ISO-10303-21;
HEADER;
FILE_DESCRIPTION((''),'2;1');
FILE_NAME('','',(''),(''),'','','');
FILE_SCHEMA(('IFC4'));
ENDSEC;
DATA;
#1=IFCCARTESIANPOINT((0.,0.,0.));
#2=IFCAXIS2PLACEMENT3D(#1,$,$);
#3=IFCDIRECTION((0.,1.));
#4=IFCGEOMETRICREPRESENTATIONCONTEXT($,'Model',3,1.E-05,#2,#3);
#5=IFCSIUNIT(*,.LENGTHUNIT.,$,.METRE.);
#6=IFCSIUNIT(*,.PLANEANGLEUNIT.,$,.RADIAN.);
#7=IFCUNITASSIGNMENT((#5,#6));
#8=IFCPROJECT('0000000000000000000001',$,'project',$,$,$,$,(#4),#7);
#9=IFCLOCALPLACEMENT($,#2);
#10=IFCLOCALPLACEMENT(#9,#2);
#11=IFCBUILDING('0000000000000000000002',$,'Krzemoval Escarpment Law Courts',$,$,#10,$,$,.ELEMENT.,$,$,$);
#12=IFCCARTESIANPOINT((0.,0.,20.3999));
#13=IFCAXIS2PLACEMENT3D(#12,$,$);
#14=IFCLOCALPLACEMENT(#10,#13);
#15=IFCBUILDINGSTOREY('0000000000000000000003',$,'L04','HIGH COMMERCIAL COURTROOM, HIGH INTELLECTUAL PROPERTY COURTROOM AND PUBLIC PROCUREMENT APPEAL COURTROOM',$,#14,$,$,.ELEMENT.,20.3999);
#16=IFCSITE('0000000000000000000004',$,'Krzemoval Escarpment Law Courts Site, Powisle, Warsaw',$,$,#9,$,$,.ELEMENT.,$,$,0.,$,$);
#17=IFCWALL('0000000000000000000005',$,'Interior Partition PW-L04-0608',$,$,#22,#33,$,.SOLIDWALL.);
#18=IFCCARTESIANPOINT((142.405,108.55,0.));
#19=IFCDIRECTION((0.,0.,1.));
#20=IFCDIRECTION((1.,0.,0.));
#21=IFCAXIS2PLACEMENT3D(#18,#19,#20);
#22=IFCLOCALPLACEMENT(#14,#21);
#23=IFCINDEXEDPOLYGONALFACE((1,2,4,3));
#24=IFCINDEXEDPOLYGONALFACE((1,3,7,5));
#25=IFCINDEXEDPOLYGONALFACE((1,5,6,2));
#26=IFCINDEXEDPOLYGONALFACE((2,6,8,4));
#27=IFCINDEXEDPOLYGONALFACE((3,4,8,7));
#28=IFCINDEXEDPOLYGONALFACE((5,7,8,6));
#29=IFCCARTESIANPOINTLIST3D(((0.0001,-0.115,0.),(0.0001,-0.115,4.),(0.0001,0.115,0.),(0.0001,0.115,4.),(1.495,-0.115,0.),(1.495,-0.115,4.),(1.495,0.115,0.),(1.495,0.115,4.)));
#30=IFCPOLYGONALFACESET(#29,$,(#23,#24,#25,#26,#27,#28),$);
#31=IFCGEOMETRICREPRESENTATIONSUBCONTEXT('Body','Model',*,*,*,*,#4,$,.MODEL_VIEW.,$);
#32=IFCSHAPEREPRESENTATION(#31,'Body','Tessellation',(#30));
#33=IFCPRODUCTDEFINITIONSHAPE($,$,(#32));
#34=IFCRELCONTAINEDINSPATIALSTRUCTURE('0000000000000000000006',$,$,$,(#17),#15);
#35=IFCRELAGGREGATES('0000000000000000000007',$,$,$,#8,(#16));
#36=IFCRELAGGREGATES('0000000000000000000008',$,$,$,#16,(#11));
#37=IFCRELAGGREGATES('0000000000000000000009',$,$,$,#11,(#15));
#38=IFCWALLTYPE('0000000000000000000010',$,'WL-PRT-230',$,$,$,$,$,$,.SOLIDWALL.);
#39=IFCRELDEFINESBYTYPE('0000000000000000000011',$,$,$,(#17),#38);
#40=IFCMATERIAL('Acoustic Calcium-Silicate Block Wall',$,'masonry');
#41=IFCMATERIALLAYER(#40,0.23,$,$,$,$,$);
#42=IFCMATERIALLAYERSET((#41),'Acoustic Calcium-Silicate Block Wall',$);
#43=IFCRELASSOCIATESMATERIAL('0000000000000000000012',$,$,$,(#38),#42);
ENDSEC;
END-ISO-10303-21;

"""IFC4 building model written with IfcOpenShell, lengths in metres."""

from ifc_helpers import new_model, si_unit, direction, frame, frame_2d, origin, place, context, subcontext, project, spatial, rectangle, extrude, material, layer, layer_set, type_object, element, save


model = new_model("IFC4")

# Units and contexts
model_context = context("Model", 3, precision=1e-05, world=origin(), true_north=direction((0.0, 1.0)))
body_context = subcontext(model_context, "Body", "Model", "MODEL_VIEW")
ifc_project = project(units=[si_unit("LENGTHUNIT", "METRE"), si_unit("PLANEANGLEUNIT", "RADIAN")], contexts=[model_context])

# Site, building, storey
site_placement = place(None, origin())
site = spatial("IfcSite", under=ifc_project, at=site_placement, Name="Krzemoval Escarpment Law Courts Site, Powisle, Warsaw", CompositionType="ELEMENT", RefElevation=0.0)
building_placement = place(site_placement, origin())
building = spatial("IfcBuilding", under=site, at=building_placement, Name="Krzemoval Escarpment Law Courts", CompositionType="ELEMENT")
storey_placement = place(building_placement, frame((0.0, 0.0, 20.3999)))
storey = spatial("IfcBuildingStorey", under=building, at=storey_placement, Name="L04", Description="HIGH COMMERCIAL COURTROOM, HIGH INTELLECTUAL PROPERTY COURTROOM AND PUBLIC PROCUREMENT APPEAL COURTROOM", CompositionType="ELEMENT", Elevation=20.3999)

# Wall
ifc_material_1 = material(Name="Acoustic Calcium-Silicate Block Wall", Category="masonry")
ifc_layer_1 = layer(ifc_material_1, 0.23)
ifc_layer_set_1 = layer_set([ifc_layer_1], Name="Acoustic Calcium-Silicate Block Wall")
wall_type_1 = type_object("IfcWallType", Name="WL-PRT-230", PredefinedType="SOLIDWALL", material=ifc_layer_set_1)
wall_1_placement = place(storey_placement, frame((142.405, 108.55, 0.0), z_axis=(0.0, 0.0, 1.0), x_axis=(1.0, 0.0, 0.0)))
element("IfcWall", 1, at=wall_1_placement, inside=storey, type_object=wall_type_1, Name="Interior Partition PW-L04-0608", PredefinedType="SOLIDWALL", context=body_context, shape_type="SweptSolid", body=[
    extrude(rectangle(XDim=1.4949, YDim=0.23, at=frame_2d((0.7476, 0.0))), origin(), (0.0, 0.0, 1.0), 4.0),
])

save(model, "model.ifc")
